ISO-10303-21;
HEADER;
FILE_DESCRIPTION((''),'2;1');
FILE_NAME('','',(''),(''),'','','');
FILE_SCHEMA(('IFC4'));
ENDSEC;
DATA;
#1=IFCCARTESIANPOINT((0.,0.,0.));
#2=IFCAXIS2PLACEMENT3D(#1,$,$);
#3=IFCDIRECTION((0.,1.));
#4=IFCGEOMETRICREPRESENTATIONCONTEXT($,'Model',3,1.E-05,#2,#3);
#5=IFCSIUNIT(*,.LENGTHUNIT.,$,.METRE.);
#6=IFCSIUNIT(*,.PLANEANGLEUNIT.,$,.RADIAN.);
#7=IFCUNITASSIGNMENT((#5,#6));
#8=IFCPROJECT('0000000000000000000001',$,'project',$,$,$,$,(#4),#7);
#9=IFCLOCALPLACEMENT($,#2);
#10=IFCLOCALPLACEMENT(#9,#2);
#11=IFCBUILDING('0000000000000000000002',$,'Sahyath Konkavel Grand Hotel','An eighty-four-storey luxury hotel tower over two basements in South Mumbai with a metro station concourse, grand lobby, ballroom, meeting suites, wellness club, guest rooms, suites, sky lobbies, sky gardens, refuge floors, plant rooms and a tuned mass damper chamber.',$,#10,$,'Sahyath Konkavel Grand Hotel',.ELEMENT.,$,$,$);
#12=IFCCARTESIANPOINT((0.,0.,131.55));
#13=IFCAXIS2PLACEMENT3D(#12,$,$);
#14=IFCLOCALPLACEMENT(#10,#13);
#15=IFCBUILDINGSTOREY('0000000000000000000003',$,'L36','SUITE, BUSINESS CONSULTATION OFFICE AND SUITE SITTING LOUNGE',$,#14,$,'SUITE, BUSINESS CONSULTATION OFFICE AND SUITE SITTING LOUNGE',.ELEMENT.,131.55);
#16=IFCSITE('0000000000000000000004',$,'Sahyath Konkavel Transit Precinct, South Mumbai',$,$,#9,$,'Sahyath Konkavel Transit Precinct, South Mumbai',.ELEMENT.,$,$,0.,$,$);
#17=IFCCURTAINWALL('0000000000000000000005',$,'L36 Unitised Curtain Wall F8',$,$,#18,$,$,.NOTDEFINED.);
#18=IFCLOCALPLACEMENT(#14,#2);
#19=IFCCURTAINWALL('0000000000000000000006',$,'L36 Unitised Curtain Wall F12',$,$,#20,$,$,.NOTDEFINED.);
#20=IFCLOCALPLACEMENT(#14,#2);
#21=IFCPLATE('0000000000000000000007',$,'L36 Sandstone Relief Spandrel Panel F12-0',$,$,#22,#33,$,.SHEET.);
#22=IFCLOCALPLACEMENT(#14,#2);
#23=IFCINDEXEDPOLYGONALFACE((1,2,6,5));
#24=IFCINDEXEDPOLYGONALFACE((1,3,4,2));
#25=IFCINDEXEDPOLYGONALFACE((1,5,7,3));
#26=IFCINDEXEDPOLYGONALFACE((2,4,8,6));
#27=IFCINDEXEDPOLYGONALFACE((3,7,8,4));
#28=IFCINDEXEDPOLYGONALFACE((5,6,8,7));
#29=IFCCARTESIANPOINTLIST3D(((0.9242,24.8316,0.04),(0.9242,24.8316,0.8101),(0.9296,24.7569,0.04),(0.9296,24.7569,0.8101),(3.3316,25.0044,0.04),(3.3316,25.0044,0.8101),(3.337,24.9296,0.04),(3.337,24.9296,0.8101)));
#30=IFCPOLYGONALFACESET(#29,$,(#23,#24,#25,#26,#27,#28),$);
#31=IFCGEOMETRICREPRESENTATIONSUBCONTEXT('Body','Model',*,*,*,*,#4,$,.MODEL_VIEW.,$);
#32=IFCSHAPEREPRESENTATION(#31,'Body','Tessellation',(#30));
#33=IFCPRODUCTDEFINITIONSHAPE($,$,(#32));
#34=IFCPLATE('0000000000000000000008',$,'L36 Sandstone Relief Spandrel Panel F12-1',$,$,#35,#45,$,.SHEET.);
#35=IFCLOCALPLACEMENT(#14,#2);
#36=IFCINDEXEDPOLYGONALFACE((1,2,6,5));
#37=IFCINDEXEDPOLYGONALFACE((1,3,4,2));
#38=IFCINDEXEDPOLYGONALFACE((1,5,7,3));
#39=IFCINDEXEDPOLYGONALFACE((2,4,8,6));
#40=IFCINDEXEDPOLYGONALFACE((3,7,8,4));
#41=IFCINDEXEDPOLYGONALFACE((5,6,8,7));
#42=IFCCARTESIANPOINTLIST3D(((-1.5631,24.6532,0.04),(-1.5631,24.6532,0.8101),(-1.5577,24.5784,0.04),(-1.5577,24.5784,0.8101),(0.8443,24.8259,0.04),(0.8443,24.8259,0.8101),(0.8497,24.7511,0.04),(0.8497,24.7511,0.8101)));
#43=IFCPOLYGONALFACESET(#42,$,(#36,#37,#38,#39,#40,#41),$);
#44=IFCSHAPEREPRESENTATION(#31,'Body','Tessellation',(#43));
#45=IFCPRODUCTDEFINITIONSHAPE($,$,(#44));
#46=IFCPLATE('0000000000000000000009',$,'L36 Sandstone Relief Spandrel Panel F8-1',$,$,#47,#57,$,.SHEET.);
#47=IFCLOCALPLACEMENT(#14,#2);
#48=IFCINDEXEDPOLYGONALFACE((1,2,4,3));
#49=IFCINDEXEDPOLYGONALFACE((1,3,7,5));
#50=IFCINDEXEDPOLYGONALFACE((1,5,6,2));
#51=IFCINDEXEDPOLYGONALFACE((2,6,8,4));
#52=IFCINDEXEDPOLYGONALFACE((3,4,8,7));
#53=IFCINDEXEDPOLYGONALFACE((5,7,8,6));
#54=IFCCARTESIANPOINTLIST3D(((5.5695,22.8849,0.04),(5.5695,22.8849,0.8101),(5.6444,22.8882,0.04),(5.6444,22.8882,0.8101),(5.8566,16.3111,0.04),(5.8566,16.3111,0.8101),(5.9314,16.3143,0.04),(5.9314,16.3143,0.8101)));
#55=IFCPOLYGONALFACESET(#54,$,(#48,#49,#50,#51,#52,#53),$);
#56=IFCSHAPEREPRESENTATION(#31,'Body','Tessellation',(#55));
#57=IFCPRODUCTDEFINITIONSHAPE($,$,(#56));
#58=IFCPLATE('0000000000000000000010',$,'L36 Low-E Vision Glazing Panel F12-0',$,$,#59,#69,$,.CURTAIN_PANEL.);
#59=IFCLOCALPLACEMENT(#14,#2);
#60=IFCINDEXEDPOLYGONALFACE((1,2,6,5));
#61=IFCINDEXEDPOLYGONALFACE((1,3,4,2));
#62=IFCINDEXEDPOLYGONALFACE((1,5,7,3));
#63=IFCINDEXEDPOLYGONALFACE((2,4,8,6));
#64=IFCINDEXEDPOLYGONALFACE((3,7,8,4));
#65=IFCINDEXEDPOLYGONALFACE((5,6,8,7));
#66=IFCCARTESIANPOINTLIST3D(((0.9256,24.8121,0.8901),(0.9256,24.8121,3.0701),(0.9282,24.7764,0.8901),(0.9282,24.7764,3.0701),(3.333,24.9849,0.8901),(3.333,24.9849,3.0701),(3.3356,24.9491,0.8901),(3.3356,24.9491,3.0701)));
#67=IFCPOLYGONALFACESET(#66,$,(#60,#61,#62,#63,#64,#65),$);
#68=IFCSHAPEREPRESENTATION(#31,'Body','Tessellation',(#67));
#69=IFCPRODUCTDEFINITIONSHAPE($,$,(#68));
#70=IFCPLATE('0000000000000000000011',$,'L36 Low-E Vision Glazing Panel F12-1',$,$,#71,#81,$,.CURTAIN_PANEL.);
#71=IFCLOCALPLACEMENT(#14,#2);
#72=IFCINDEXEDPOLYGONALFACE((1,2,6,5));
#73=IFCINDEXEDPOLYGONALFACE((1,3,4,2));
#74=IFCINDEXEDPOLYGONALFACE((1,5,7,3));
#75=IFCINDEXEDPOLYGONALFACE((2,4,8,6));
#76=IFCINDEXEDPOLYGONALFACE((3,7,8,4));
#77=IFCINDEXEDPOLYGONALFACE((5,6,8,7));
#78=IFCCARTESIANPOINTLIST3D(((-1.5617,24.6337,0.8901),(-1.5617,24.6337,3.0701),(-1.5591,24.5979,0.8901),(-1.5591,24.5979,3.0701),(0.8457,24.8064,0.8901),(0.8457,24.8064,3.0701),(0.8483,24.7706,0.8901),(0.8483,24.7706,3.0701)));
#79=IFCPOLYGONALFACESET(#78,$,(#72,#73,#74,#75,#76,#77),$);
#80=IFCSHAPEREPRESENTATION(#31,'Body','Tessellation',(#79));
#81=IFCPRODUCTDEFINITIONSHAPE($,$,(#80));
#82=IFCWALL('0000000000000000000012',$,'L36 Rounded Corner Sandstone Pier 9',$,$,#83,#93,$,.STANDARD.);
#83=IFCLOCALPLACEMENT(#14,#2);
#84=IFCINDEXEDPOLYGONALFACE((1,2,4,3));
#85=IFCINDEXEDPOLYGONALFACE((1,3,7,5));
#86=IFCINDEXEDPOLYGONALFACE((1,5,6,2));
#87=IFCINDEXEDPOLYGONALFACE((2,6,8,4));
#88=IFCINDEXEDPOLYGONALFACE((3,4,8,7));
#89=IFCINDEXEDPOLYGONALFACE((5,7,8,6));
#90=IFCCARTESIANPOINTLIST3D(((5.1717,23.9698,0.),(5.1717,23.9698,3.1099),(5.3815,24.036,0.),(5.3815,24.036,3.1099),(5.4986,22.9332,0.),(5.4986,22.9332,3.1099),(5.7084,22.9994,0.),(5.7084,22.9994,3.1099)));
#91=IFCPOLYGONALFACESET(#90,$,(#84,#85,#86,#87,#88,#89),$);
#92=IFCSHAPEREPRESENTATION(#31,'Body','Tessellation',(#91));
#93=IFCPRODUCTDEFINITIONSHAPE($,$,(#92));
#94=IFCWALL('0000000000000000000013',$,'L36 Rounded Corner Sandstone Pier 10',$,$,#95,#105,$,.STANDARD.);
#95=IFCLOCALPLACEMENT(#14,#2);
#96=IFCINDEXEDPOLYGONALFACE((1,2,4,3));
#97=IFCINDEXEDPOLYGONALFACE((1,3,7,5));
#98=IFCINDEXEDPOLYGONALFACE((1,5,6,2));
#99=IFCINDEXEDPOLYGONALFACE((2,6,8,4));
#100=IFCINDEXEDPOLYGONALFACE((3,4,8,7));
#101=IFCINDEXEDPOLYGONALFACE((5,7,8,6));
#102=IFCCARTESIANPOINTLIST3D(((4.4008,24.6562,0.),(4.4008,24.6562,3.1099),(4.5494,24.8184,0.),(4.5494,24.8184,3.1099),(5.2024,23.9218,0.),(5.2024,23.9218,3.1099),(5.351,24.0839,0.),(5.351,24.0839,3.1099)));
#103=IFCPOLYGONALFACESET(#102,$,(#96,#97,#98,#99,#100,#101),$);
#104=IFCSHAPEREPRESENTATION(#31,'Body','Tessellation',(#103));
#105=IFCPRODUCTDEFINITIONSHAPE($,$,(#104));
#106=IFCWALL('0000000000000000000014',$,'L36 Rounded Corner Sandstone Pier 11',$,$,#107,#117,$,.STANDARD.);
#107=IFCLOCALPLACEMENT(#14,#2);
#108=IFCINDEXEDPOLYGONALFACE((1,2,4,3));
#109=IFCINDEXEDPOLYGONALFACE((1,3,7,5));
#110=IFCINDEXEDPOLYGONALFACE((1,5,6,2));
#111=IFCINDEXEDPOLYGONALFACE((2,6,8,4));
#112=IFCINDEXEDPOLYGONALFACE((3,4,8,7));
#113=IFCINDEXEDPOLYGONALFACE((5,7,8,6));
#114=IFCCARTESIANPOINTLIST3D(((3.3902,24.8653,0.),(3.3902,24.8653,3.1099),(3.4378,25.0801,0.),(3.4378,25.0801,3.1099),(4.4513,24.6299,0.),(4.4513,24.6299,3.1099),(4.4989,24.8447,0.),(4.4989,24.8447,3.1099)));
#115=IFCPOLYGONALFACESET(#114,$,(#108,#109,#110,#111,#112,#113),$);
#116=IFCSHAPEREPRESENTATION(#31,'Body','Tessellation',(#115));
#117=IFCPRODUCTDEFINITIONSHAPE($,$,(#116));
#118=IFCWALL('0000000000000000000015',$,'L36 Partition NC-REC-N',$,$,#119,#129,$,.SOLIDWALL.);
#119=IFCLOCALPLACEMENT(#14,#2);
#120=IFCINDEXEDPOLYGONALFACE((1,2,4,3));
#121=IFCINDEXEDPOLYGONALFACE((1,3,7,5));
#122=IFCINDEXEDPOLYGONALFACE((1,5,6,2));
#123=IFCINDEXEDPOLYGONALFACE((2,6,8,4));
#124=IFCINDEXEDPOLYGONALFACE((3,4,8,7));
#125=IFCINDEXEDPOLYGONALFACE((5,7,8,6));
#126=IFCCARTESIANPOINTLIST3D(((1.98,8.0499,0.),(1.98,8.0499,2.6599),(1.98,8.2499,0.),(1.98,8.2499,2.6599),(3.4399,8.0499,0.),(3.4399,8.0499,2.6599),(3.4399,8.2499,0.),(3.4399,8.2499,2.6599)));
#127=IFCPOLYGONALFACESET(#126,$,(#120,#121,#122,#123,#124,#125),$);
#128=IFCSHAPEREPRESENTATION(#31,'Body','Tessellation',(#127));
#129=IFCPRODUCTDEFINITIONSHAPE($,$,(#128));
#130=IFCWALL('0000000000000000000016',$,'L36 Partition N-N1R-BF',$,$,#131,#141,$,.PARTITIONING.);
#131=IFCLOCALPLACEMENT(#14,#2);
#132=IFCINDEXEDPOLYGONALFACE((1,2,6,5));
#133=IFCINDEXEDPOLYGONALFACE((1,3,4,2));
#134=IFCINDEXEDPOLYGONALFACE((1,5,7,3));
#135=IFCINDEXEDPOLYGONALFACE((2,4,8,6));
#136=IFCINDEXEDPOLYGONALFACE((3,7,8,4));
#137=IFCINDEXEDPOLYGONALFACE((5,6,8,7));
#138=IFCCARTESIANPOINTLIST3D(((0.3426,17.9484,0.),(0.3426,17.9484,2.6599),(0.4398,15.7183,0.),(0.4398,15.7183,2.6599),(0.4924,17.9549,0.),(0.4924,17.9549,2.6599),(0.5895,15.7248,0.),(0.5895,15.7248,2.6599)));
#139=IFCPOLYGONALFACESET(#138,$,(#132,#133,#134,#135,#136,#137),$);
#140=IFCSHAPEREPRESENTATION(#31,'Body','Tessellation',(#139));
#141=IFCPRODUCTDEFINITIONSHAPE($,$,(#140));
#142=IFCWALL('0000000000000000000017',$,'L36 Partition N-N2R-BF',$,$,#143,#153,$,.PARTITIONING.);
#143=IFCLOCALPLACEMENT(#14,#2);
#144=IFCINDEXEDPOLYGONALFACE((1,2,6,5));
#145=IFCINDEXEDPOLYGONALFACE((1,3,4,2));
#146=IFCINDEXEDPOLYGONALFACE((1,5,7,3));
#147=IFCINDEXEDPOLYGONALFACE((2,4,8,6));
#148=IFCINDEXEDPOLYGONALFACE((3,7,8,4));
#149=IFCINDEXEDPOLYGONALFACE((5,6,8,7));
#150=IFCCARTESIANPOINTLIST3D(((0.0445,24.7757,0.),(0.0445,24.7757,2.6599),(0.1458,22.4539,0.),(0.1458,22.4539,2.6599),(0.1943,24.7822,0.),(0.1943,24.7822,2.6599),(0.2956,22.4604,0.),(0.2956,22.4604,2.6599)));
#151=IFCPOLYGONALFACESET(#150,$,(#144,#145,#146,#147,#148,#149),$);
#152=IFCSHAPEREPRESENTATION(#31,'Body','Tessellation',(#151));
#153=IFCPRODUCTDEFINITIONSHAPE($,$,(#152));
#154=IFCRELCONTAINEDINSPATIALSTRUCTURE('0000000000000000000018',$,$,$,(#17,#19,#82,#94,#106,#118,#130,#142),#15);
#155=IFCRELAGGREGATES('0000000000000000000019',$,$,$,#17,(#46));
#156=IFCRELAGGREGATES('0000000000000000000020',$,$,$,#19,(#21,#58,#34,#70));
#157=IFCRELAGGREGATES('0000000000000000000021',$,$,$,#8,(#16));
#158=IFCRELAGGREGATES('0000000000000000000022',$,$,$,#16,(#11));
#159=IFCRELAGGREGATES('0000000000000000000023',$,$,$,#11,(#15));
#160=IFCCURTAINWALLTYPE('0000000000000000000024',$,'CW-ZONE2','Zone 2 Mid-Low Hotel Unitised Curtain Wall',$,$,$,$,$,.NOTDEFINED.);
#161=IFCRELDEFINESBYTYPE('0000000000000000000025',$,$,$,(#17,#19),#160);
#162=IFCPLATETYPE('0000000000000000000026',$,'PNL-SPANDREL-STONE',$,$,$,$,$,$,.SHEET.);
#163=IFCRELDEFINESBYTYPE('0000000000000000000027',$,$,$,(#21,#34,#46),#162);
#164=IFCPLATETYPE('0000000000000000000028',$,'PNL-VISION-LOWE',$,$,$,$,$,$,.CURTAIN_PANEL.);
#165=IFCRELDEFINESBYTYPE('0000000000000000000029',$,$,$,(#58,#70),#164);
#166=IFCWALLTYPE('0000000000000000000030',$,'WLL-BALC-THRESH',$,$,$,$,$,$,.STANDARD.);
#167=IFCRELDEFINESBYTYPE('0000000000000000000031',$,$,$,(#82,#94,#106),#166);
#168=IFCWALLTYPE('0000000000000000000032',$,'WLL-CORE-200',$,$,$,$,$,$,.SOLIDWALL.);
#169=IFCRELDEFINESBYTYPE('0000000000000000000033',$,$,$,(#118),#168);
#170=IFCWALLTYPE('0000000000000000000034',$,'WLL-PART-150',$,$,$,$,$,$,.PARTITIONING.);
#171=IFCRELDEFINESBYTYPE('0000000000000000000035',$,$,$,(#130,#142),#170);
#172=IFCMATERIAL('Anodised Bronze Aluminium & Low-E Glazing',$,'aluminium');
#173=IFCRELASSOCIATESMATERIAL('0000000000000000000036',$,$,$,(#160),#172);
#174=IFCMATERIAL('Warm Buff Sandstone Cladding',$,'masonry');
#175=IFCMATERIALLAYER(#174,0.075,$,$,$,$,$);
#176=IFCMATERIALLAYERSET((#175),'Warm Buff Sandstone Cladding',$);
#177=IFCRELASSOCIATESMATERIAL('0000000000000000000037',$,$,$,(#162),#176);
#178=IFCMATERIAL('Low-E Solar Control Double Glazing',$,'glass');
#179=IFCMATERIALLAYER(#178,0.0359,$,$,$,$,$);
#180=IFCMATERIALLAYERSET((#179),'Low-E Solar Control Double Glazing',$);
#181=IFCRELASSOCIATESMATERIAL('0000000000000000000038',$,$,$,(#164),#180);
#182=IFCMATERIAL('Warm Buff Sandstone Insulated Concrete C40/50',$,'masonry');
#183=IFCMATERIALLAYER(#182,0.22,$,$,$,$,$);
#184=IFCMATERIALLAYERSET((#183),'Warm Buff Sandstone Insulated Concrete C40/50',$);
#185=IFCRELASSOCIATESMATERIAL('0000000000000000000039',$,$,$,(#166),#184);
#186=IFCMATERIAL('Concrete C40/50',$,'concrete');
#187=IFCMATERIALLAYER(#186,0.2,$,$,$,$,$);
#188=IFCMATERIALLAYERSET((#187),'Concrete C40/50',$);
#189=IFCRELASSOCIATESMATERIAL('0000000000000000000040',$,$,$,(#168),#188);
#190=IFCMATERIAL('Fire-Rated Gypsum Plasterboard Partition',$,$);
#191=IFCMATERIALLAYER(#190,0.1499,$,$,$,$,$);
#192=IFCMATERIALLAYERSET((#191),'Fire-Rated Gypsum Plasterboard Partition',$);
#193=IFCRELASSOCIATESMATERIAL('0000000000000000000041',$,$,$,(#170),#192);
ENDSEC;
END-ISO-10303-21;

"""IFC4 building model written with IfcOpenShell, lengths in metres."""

from ifc_helpers import new_model, si_unit, direction, frame, frame_2d, origin, origin_2d, place, context, subcontext, project, spatial, rectangle, extrude, source, transform, mapped, material, layer, layer_set, type_object, element, aggregate, save


model = new_model("IFC4")

# Units and contexts
model_context = context("Model", 3, precision=1e-05, world=origin(), true_north=direction((0.0, 1.0)))
body_context = subcontext(model_context, "Body", "Model", "MODEL_VIEW")
ifc_project = project(units=[si_unit("LENGTHUNIT", "METRE"), si_unit("PLANEANGLEUNIT", "RADIAN")], contexts=[model_context])

# Site, building, storey
site_placement = place(None, origin())
site = spatial("IfcSite", under=ifc_project, at=site_placement, Name="Sahyath Konkavel Transit Precinct, South Mumbai", LongName="Sahyath Konkavel Transit Precinct, South Mumbai", CompositionType="ELEMENT", RefElevation=0.0)
building_placement = place(site_placement, origin())
building = spatial("IfcBuilding", under=site, at=building_placement, Name="Sahyath Konkavel Grand Hotel", Description="An eighty-four-storey luxury hotel tower over two basements in South Mumbai with a metro station concourse, grand lobby, ballroom, meeting suites, wellness club, guest rooms, suites, sky lobbies, sky gardens, refuge floors, plant rooms and a tuned mass damper chamber.", LongName="Sahyath Konkavel Grand Hotel", CompositionType="ELEMENT")
storey_placement = place(building_placement, frame((0.0, 0.0, 131.55)))
storey = spatial("IfcBuildingStorey", under=building, at=storey_placement, Name="L36", Description="SUITE, BUSINESS CONSULTATION OFFICE AND SUITE SITTING LOUNGE", LongName="SUITE, BUSINESS CONSULTATION OFFICE AND SUITE SITTING LOUNGE", CompositionType="ELEMENT", Elevation=131.55)

# Curtain wall
ifc_material_1 = material(Name="Anodised Bronze Aluminium & Low-E Glazing", Category="aluminium")
curtain_wall_type = type_object("IfcCurtainWallType", Name="CW-ZONE2", Description="Zone 2 Mid-Low Hotel Unitised Curtain Wall", PredefinedType="NOTDEFINED", material=ifc_material_1)
curtain_wall_1_placement = place(storey_placement, origin())
curtain_wall_1 = element("IfcCurtainWall", 1, at=curtain_wall_1_placement, inside=storey, type_object=curtain_wall_type, Name="L36 Unitised Curtain Wall F8", PredefinedType="NOTDEFINED")

# Curtain wall, plates
curtain_wall_2_placement = place(storey_placement, origin())
curtain_wall_2 = element("IfcCurtainWall", 2, at=curtain_wall_2_placement, inside=storey, type_object=curtain_wall_type, Name="L36 Unitised Curtain Wall F12", PredefinedType="NOTDEFINED")
ifc_material_2 = material(Name="Warm Buff Sandstone Cladding", Category="masonry")
ifc_layer_1 = layer(ifc_material_2, 0.075)
ifc_layer_set_1 = layer_set([ifc_layer_1], Name="Warm Buff Sandstone Cladding")
plate_type_1 = type_object("IfcPlateType", Name="PNL-SPANDREL-STONE", PredefinedType="SHEET", material=ifc_layer_set_1)
shared_shape_1 = source(origin(), body_context, "Body", "SweptSolid", [
    extrude(rectangle(XDim=2.4136, YDim=0.075, at=origin_2d()), origin(), (0.0, 0.0, 1.0), 0.77),
])
plate_1_placement = place(storey_placement, frame((2.1306, 24.8806, 0.04), z_axis=(0.0, 0.0, 1.0), x_axis=(-0.997436, -0.071567, 0.0)))
plate_1 = element("IfcPlate", 3, at=plate_1_placement, type_object=plate_type_1, Name="L36 Sandstone Relief Spandrel Panel F12-0", PredefinedType="SHEET", context=body_context, shape_type="MappedRepresentation", body=[
    mapped(shared_shape_1, transform((0.0, 0.0, 0.0), scale=1.0)),
])
plate_2_placement = place(storey_placement, frame((-0.3567, 24.7021, 0.04), z_axis=(0.0, 0.0, 1.0), x_axis=(-0.997436, -0.071567, 0.0)))
plate_2 = element("IfcPlate", 4, at=plate_2_placement, type_object=plate_type_1, Name="L36 Sandstone Relief Spandrel Panel F12-1", PredefinedType="SHEET", context=body_context, shape_type="MappedRepresentation", body=[
    mapped(shared_shape_1, transform((0.0, 0.0, 0.0), scale=1.0)),
])

# Plates
shared_shape_2 = source(origin(), body_context, "Body", "SweptSolid", [
    extrude(rectangle(XDim=6.5801, YDim=0.075, at=origin_2d()), origin(), (0.0, 0.0, 1.0), 0.77),
])
plate_3_placement = place(storey_placement, frame((5.7505, 19.5996, 0.04), z_axis=(0.0, 0.0, 1.0), x_axis=(-0.043619, 0.999048, 0.0)))
plate_3 = element("IfcPlate", 5, at=plate_3_placement, type_object=plate_type_1, Name="L36 Sandstone Relief Spandrel Panel F8-1", PredefinedType="SHEET", context=body_context, shape_type="MappedRepresentation", body=[
    mapped(shared_shape_2, transform((0.0, 0.0, 0.0), scale=1.0)),
])
aggregate(curtain_wall_1, [plate_3])
ifc_material_3 = material(Name="Low-E Solar Control Double Glazing", Category="glass")
ifc_layer_2 = layer(ifc_material_3, 0.0359)
ifc_layer_set_2 = layer_set([ifc_layer_2], Name="Low-E Solar Control Double Glazing")
plate_type_2 = type_object("IfcPlateType", Name="PNL-VISION-LOWE", PredefinedType="CURTAIN_PANEL", material=ifc_layer_set_2)
shared_shape_3 = source(origin(), body_context, "Body", "SweptSolid", [
    extrude(rectangle(XDim=2.4136, YDim=0.0359, at=origin_2d()), origin(), (0.0, 0.0, 1.0), 2.1799),
])
plate_4_placement = place(storey_placement, frame((2.1306, 24.8806, 0.8901), z_axis=(0.0, 0.0, 1.0), x_axis=(-0.997436, -0.071567, 0.0)))
plate_4 = element("IfcPlate", 6, at=plate_4_placement, type_object=plate_type_2, Name="L36 Low-E Vision Glazing Panel F12-0", PredefinedType="CURTAIN_PANEL", context=body_context, shape_type="MappedRepresentation", body=[
    mapped(shared_shape_3, transform((0.0, 0.0, 0.0), scale=1.0)),
])
plate_5_placement = place(storey_placement, frame((-0.3567, 24.7021, 0.8901), z_axis=(0.0, 0.0, 1.0), x_axis=(-0.997436, -0.071567, 0.0)))
plate_5 = element("IfcPlate", 7, at=plate_5_placement, type_object=plate_type_2, Name="L36 Low-E Vision Glazing Panel F12-1", PredefinedType="CURTAIN_PANEL", context=body_context, shape_type="MappedRepresentation", body=[
    mapped(shared_shape_3, transform((0.0, 0.0, 0.0), scale=1.0)),
])
aggregate(curtain_wall_2, [plate_1, plate_4, plate_2, plate_5])

# Walls
ifc_material_4 = material(Name="Warm Buff Sandstone Insulated Concrete C40/50", Category="masonry")
ifc_layer_3 = layer(ifc_material_4, 0.22)
ifc_layer_set_3 = layer_set([ifc_layer_3], Name="Warm Buff Sandstone Insulated Concrete C40/50")
wall_type_1 = type_object("IfcWallType", Name="WLL-BALC-THRESH", PredefinedType="STANDARD", material=ifc_layer_set_3)
wall_1_placement = place(storey_placement, frame((5.6035, 22.9663, 0.0), z_axis=(0.0, 0.0, 1.0), x_axis=(-0.300755, 0.953701, 0.0)))
element("IfcWall", 8, at=wall_1_placement, inside=storey, type_object=wall_type_1, Name="L36 Rounded Corner Sandstone Pier 9", PredefinedType="STANDARD", context=body_context, shape_type="SweptSolid", body=[
    extrude(rectangle(XDim=1.0869, YDim=0.22, at=frame_2d((0.5435, 0.0))), origin(), (0.0, 0.0, 1.0), 3.1099),
])
wall_2_placement = place(storey_placement, frame((5.2766, 24.0029, 0.0), z_axis=(0.0, 0.0, 1.0), x_axis=(-0.737313, 0.675552, 0.0)))
element("IfcWall", 9, at=wall_2_placement, inside=storey, type_object=wall_type_1, Name="L36 Rounded Corner Sandstone Pier 10", PredefinedType="STANDARD", context=body_context, shape_type="SweptSolid", body=[
    extrude(rectangle(XDim=1.0872, YDim=0.22, at=frame_2d((0.5435, 0.0))), origin(), (0.0, 0.0, 1.0), 3.1099),
])
wall_3_placement = place(storey_placement, frame((4.4751, 24.7373, 0.0), z_axis=(0.0, 0.0, 1.0), x_axis=(-0.976272, 0.21655, 0.0)))
element("IfcWall", 10, at=wall_3_placement, inside=storey, type_object=wall_type_1, Name="L36 Rounded Corner Sandstone Pier 11", PredefinedType="STANDARD", context=body_context, shape_type="SweptSolid", body=[
    extrude(rectangle(XDim=1.0869, YDim=0.22, at=frame_2d((0.5435, 0.0))), origin(), (0.0, 0.0, 1.0), 3.1099),
])
ifc_material_5 = material(Name="Concrete C40/50", Category="concrete")
ifc_layer_4 = layer(ifc_material_5, 0.2)
ifc_layer_set_4 = layer_set([ifc_layer_4], Name="Concrete C40/50")
wall_type_2 = type_object("IfcWallType", Name="WLL-CORE-200", PredefinedType="SOLIDWALL", material=ifc_layer_set_4)
wall_4_placement = place(storey_placement, frame((1.98, 8.1499, 0.0), z_axis=(0.0, 0.0, 1.0), x_axis=(1.0, 0.0, 0.0)))
element("IfcWall", 11, at=wall_4_placement, inside=storey, type_object=wall_type_2, Name="L36 Partition NC-REC-N", PredefinedType="SOLIDWALL", context=body_context, shape_type="SweptSolid", body=[
    extrude(rectangle(XDim=1.46, YDim=0.2, at=frame_2d((0.73, 0.0))), origin(), (0.0, 0.0, 1.0), 2.6599),
])
ifc_material_6 = material(Name="Fire-Rated Gypsum Plasterboard Partition")
ifc_layer_5 = layer(ifc_material_6, 0.1499)
ifc_layer_set_5 = layer_set([ifc_layer_5], Name="Fire-Rated Gypsum Plasterboard Partition")
wall_type_3 = type_object("IfcWallType", Name="WLL-PART-150", PredefinedType="PARTITIONING", material=ifc_layer_set_5)
wall_5_placement = place(storey_placement, frame((0.5146, 15.7214, 0.0), z_axis=(0.0, 0.0, 1.0), x_axis=(-0.043532, 0.999052, 0.0)))
element("IfcWall", 12, at=wall_5_placement, inside=storey, type_object=wall_type_3, Name="L36 Partition N-N1R-BF", PredefinedType="PARTITIONING", context=body_context, shape_type="SweptSolid", body=[
    extrude(rectangle(XDim=2.2322, YDim=0.1499, at=frame_2d((1.1162, 0.0))), origin(), (0.0, 0.0, 1.0), 2.6599),
])
wall_6_placement = place(storey_placement, frame((0.2207, 22.457, 0.0), z_axis=(0.0, 0.0, 1.0), x_axis=(-0.043597, 0.999049, 0.0)))
element("IfcWall", 13, at=wall_6_placement, inside=storey, type_object=wall_type_3, Name="L36 Partition N-N2R-BF", PredefinedType="PARTITIONING", context=body_context, shape_type="SweptSolid", body=[
    extrude(rectangle(XDim=2.324, YDim=0.1499, at=frame_2d((1.1621, 0.0))), origin(), (0.0, 0.0, 1.0), 2.6599),
])

save(model, "model.ifc")
